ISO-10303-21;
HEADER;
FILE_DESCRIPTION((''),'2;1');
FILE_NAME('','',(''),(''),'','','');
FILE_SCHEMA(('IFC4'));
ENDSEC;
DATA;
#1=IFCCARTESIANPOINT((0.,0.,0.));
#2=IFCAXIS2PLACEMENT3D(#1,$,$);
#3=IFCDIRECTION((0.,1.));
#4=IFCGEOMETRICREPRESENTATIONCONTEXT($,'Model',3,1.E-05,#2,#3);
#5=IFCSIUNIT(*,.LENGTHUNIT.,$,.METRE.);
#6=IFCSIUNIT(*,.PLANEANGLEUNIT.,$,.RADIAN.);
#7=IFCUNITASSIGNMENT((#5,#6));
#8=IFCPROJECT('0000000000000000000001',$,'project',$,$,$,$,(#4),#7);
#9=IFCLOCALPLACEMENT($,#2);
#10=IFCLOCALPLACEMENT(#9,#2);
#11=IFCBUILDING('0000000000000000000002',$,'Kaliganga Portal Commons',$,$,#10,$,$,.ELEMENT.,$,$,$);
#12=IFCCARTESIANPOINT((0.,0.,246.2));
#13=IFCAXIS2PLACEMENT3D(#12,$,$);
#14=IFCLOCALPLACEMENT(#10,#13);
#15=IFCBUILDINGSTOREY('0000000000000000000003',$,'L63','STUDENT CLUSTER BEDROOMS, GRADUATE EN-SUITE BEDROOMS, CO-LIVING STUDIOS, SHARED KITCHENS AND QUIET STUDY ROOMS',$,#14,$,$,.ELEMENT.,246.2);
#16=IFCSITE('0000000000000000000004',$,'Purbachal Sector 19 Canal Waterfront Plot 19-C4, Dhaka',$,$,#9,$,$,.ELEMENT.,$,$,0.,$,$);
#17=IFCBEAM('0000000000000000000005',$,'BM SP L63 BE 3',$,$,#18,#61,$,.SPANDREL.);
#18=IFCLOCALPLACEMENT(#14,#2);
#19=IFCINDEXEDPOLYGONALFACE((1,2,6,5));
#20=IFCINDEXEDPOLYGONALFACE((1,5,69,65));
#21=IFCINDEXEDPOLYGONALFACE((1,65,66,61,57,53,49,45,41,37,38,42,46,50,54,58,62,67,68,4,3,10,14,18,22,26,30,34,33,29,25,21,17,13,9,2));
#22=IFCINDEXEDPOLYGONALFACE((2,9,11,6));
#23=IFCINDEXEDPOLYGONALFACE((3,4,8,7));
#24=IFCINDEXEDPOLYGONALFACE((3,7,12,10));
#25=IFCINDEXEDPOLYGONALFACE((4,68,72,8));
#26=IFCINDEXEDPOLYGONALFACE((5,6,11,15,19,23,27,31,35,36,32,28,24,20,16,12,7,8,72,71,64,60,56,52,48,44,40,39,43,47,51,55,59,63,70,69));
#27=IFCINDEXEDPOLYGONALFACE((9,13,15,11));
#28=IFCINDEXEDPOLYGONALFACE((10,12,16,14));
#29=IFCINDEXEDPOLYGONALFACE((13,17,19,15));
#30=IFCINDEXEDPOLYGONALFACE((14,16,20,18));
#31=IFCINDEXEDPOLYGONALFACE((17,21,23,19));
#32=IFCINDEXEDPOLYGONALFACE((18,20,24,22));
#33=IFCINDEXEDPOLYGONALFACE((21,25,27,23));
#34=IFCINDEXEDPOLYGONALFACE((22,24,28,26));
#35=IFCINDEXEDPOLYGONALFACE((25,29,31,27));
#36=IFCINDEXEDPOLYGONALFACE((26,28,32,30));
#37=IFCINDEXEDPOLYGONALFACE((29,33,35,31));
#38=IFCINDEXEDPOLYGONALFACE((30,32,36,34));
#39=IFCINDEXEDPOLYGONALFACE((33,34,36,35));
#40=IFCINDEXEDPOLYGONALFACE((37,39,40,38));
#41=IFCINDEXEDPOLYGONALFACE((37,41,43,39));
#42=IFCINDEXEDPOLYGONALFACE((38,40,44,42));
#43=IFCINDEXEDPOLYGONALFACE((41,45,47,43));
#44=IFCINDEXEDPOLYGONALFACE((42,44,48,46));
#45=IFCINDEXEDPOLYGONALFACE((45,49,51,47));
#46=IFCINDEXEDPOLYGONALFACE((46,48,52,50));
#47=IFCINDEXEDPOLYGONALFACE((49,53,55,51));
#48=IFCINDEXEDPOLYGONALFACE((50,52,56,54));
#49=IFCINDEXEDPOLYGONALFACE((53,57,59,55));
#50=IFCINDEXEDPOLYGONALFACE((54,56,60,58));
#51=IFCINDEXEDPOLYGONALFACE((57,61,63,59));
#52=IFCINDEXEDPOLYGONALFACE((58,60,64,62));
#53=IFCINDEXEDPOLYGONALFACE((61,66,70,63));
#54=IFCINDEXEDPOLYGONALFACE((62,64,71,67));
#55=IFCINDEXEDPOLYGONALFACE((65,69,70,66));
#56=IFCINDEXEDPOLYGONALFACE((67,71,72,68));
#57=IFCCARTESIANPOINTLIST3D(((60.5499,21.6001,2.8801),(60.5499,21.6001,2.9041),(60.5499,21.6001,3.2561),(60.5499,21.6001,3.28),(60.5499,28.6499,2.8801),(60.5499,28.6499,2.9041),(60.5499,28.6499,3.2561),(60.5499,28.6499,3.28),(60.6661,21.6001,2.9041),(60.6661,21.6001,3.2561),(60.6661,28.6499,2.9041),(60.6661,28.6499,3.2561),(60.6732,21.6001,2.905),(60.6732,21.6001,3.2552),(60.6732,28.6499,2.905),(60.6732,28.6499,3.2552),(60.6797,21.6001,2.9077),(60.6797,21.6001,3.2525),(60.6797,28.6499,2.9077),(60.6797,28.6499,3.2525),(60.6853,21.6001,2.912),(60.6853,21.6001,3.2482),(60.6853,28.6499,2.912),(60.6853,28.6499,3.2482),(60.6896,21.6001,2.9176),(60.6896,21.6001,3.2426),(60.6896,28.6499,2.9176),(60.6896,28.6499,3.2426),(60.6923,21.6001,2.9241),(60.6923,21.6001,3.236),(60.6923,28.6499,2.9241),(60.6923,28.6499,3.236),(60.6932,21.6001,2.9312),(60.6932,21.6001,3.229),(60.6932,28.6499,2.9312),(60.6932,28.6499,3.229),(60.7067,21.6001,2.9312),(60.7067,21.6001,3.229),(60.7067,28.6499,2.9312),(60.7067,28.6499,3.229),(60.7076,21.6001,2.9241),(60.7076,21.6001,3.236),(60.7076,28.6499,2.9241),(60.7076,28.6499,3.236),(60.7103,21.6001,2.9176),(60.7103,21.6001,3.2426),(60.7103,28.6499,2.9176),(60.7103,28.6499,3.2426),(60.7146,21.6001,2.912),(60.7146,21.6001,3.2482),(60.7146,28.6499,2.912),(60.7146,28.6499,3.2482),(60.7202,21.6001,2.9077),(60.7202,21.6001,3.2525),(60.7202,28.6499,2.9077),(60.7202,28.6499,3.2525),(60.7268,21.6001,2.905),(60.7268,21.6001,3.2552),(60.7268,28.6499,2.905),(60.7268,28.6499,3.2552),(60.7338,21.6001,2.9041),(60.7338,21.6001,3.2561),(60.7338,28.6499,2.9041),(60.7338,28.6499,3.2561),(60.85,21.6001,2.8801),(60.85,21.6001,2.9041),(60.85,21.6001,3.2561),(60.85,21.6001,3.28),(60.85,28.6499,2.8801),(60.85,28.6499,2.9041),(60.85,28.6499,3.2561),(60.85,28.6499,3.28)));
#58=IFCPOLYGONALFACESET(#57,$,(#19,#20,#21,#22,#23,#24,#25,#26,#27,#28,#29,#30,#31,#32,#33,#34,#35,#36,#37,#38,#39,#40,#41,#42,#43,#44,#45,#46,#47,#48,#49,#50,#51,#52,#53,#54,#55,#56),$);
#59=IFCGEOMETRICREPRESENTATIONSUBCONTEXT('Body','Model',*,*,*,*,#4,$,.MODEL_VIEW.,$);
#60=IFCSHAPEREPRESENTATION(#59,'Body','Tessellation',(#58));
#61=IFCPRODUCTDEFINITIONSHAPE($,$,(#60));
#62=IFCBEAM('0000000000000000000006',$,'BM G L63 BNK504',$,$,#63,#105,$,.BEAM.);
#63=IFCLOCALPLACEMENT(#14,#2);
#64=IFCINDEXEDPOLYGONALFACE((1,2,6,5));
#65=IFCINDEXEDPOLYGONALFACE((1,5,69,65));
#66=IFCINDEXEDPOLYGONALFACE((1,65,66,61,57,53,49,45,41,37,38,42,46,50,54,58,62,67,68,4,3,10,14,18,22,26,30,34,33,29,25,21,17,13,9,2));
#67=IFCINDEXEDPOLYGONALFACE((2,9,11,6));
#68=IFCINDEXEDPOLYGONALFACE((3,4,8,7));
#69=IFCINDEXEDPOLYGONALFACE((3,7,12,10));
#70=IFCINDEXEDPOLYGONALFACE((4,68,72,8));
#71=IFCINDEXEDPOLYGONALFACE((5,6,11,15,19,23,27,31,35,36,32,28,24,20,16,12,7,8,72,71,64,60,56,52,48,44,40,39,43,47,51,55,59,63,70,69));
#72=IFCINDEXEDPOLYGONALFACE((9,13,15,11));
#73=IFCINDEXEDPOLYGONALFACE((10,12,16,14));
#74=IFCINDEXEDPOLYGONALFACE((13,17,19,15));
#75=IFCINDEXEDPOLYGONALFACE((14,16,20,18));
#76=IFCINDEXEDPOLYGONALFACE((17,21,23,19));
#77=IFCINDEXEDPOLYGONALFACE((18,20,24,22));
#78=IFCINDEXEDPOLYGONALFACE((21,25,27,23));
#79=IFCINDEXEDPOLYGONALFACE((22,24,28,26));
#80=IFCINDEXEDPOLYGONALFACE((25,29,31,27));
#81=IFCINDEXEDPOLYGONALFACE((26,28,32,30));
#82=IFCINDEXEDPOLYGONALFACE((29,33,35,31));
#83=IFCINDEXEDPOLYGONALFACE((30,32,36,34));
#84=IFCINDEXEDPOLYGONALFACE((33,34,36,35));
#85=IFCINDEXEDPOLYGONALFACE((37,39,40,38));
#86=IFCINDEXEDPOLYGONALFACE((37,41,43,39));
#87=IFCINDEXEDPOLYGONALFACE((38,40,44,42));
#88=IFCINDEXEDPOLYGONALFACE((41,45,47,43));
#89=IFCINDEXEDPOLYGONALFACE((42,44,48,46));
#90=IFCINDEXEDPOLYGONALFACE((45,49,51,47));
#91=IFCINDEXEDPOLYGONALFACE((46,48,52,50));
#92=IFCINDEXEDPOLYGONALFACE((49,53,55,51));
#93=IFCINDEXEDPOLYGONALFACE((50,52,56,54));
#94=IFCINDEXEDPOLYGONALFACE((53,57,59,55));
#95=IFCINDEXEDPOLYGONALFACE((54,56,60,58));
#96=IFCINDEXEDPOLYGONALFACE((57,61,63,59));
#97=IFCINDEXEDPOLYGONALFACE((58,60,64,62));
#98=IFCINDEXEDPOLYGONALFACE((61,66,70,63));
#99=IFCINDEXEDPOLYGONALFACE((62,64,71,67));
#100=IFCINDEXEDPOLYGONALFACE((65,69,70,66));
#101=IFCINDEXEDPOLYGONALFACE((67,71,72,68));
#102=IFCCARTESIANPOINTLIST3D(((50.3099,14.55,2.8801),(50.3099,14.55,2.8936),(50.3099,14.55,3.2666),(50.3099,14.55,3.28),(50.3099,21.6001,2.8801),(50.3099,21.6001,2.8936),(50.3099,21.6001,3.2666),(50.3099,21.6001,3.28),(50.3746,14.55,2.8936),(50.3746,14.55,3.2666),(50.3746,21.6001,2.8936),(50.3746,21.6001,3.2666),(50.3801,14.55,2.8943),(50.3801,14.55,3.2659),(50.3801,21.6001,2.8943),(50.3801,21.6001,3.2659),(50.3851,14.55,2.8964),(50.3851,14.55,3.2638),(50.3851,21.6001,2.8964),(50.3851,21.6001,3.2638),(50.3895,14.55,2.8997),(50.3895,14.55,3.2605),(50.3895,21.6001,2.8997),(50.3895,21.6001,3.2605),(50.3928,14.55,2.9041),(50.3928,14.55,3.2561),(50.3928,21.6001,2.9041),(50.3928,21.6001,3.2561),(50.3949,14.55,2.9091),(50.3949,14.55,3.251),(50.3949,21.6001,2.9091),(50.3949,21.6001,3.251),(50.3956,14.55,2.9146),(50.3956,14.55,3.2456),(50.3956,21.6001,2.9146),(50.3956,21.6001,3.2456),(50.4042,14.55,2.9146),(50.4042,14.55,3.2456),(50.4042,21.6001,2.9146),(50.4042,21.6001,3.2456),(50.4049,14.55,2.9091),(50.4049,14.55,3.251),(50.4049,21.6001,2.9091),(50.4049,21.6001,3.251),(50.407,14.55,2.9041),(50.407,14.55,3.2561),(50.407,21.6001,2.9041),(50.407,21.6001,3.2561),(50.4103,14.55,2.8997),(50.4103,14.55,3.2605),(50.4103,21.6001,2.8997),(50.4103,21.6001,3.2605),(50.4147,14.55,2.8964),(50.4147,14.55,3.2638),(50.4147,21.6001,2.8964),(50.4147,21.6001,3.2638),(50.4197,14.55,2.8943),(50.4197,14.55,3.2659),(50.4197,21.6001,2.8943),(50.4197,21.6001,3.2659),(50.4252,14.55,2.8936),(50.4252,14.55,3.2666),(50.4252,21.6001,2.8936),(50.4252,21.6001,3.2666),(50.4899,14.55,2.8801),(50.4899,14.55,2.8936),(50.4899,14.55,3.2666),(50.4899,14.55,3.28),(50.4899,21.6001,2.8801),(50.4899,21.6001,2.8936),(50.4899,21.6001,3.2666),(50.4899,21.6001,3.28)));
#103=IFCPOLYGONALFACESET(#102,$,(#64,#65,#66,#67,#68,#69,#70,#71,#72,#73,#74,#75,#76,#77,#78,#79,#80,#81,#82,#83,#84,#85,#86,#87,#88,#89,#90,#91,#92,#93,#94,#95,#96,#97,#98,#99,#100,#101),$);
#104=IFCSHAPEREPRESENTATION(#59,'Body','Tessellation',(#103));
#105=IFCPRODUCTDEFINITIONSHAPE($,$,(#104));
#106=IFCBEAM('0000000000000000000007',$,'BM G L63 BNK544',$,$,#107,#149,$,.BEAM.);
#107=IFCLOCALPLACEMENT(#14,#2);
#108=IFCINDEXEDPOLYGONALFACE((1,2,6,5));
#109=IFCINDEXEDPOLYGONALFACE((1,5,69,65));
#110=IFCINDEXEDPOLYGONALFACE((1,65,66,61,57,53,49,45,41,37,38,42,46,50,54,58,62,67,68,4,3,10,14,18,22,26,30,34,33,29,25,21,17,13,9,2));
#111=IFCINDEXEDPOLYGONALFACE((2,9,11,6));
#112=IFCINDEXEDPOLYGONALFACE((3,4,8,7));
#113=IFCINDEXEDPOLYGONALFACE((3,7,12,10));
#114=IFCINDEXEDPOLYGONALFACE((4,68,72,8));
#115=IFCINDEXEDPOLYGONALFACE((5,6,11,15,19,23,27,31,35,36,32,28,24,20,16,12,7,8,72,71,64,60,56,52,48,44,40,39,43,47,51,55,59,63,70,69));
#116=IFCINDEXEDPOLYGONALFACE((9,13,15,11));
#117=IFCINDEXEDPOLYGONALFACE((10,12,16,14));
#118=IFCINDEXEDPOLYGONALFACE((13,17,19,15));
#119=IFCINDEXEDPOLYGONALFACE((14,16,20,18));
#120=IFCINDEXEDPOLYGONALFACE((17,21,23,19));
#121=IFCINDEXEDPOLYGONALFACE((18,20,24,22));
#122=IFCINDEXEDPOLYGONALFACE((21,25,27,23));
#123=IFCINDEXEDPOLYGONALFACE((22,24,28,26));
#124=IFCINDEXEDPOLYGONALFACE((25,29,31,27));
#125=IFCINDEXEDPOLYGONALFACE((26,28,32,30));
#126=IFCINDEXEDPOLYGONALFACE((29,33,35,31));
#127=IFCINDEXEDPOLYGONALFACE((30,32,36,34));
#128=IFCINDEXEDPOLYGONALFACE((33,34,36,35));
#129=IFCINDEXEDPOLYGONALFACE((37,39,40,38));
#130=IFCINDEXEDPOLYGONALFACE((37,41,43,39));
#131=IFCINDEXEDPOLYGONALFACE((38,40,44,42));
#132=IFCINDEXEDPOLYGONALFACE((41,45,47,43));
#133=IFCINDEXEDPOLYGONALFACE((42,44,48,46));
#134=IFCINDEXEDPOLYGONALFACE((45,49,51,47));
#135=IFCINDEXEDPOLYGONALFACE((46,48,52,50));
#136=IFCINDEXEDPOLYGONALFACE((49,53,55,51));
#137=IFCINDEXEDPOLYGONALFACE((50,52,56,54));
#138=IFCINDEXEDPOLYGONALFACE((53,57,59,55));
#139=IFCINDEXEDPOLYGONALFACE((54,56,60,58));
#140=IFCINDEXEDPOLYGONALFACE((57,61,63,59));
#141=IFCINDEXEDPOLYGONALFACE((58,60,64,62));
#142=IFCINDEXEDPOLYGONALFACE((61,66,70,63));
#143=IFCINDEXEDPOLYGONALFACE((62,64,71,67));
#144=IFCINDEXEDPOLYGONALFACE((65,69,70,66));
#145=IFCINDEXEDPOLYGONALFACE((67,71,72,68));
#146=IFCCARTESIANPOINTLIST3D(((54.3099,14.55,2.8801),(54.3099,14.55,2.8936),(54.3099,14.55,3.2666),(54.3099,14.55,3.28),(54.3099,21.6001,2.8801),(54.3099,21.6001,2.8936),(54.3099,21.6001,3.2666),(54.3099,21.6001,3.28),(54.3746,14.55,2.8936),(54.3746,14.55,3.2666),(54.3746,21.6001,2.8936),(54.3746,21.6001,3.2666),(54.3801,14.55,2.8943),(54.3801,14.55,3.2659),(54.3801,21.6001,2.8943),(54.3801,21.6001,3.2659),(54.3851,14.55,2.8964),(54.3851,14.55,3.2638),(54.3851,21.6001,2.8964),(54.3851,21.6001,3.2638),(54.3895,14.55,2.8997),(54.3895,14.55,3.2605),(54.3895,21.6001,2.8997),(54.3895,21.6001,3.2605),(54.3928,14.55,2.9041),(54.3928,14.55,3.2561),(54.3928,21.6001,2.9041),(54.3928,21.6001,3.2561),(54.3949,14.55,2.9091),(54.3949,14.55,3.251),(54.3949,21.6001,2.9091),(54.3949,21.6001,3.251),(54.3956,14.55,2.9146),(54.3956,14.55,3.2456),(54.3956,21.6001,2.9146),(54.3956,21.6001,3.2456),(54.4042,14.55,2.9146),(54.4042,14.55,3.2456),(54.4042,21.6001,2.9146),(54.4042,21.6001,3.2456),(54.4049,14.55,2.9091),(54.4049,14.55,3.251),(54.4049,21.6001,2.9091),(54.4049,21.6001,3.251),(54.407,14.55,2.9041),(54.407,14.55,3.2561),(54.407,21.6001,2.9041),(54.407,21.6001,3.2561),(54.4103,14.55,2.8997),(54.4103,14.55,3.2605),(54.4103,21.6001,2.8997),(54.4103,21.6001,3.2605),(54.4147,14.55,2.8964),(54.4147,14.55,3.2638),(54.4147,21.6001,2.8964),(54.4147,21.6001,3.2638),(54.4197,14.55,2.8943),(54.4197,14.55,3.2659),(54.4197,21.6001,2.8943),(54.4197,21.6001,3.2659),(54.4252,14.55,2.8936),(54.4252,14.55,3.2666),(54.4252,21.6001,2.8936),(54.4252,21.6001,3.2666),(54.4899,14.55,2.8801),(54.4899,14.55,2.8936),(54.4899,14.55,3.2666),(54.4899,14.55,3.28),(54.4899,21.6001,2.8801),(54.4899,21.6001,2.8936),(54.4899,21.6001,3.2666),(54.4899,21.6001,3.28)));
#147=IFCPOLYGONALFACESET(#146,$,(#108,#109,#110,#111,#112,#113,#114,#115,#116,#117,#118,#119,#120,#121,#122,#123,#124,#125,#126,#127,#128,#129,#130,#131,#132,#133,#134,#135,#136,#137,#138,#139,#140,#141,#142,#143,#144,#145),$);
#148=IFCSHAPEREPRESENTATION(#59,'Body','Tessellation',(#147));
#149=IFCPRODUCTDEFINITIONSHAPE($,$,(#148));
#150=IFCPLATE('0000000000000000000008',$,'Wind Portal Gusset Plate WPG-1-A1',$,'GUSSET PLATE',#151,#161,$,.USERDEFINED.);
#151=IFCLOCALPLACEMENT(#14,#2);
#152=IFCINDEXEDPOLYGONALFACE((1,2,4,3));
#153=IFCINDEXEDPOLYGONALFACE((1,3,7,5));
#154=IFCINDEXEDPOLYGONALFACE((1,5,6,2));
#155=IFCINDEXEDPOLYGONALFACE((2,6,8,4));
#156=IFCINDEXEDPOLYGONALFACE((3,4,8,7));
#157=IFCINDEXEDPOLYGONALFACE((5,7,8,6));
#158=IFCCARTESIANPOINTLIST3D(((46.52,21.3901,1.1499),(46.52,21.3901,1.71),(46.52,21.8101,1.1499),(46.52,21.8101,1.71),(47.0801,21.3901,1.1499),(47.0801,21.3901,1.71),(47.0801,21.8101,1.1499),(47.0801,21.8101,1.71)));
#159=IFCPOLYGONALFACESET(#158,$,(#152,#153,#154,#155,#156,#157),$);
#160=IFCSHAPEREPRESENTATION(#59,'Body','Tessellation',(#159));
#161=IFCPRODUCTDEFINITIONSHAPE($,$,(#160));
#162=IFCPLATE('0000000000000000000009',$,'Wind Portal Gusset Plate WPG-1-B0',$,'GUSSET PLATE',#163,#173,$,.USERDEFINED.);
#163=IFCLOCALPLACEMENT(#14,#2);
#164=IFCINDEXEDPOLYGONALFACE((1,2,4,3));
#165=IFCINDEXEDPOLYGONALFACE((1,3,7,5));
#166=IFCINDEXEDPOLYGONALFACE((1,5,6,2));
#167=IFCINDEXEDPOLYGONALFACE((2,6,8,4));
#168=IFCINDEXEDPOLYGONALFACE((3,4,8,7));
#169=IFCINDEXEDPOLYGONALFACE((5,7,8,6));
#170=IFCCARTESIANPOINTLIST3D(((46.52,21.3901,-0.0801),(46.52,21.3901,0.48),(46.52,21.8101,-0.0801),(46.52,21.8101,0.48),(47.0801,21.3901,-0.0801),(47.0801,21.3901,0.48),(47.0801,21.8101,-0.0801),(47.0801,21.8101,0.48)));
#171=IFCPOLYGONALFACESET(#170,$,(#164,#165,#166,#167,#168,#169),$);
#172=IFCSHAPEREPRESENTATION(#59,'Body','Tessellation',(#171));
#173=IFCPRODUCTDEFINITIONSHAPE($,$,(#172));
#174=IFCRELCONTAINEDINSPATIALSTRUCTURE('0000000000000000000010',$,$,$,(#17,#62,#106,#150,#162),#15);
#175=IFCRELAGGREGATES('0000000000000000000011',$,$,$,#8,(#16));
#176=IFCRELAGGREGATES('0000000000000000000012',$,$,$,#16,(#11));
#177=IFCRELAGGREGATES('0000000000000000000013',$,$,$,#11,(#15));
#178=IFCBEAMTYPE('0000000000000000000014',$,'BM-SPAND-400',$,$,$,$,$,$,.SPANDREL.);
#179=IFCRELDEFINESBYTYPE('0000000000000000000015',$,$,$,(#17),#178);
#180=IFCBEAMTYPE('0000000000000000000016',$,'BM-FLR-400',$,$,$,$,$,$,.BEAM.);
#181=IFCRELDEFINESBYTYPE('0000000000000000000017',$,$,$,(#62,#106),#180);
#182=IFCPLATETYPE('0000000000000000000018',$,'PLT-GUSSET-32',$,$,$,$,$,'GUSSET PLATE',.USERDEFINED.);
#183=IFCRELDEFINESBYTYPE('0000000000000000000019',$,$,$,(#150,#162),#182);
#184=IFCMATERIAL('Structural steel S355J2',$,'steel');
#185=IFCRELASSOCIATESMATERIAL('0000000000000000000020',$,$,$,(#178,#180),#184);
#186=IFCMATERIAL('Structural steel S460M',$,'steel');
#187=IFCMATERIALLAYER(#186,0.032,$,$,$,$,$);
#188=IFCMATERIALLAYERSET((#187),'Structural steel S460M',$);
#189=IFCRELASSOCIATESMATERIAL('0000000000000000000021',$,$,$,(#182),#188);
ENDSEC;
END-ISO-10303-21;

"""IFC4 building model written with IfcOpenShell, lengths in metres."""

from ifc_helpers import new_model, si_unit, direction, frame, origin, origin_2d, place, context, subcontext, project, spatial, rectangle, i_section, extrude, source, transform, mapped, material, layer, layer_set, material_profile, profile_set, type_object, element, save


model = new_model("IFC4")

# Units and contexts
model_context = context("Model", 3, precision=1e-05, world=origin(), true_north=direction((0.0, 1.0)))
body_context = subcontext(model_context, "Body", "Model", "MODEL_VIEW")
ifc_project = project(units=[si_unit("LENGTHUNIT", "METRE"), si_unit("PLANEANGLEUNIT", "RADIAN")], contexts=[model_context])

# Site, building, storey
site_placement = place(None, origin())
site = spatial("IfcSite", under=ifc_project, at=site_placement, Name="Purbachal Sector 19 Canal Waterfront Plot 19-C4, Dhaka", CompositionType="ELEMENT", RefElevation=0.0)
building_placement = place(site_placement, origin())
building = spatial("IfcBuilding", under=site, at=building_placement, Name="Kaliganga Portal Commons", CompositionType="ELEMENT")
storey_placement = place(building_placement, frame((0.0, 0.0, 246.2)))
storey = spatial("IfcBuildingStorey", under=building, at=storey_placement, Name="L63", Description="STUDENT CLUSTER BEDROOMS, GRADUATE EN-SUITE BEDROOMS, CO-LIVING STUDIOS, SHARED KITCHENS AND QUIET STUDY ROOMS", CompositionType="ELEMENT", Elevation=246.2)

# Shared definitions
ifc_material_1 = material(Name="Structural steel S355J2", Category="steel")

# Beams
ifc_material_profile_1 = material_profile(ifc_material_1, i_section(OverallWidth=0.3, OverallDepth=0.3999, WebThickness=0.0134, FlangeThickness=0.0239, FilletRadius=0.0271, at=origin_2d()), Name="HE 400 B")
ifc_profile_set_1 = profile_set([ifc_material_profile_1], Name="Structural steel S355J2 wide-flange")
beam_type_1 = type_object("IfcBeamType", Name="BM-SPAND-400", PredefinedType="SPANDREL", material=ifc_profile_set_1)
shared_shape_1 = source(origin(), body_context, "Body", "SweptSolid", [
    extrude(i_section(OverallWidth=0.3, OverallDepth=0.3999, WebThickness=0.0134, FlangeThickness=0.0239, FilletRadius=0.0271, at=origin_2d()), origin(), (0.0, 0.0, 1.0), 7.0498),
])
beam_1_placement = place(storey_placement, frame((60.7, 21.6001, 3.0801), z_axis=(0.0, 1.0, 0.0), x_axis=(-1.0, 0.0, 0.0)))
element("IfcBeam", 1, at=beam_1_placement, inside=storey, type_object=beam_type_1, Name="BM SP L63 BE 3", PredefinedType="SPANDREL", context=body_context, shape_type="MappedRepresentation", body=[
    mapped(shared_shape_1, transform((0.0, 0.0, 0.0), x_axis=(1.0, 0.0, 0.0), y_axis=(0.0, 1.0, 0.0), z_axis=(0.0, 0.0, 1.0), scale=1.0)),
])
ifc_material_profile_2 = material_profile(ifc_material_1, i_section(OverallWidth=0.1799, OverallDepth=0.3999, WebThickness=0.0085, FlangeThickness=0.0134, FilletRadius=0.021, at=origin_2d()), Name="IPE 400")
ifc_profile_set_2 = profile_set([ifc_material_profile_2], Name="Structural steel S355J2 wide-flange")
beam_type_2 = type_object("IfcBeamType", Name="BM-FLR-400", PredefinedType="BEAM", material=ifc_profile_set_2)
shared_shape_2 = source(origin(), body_context, "Body", "SweptSolid", [
    extrude(i_section(OverallWidth=0.1799, OverallDepth=0.3999, WebThickness=0.0085, FlangeThickness=0.0134, FilletRadius=0.021, at=origin_2d()), origin(), (0.0, 0.0, 1.0), 7.05),
])
for number, where, z_axis, x_axis, name in (
    (2, (50.3999, 14.55, 3.0801), (0.0, 1.0, 0.0), (-1.0, 0.0, 0.0), "BM G L63 BNK504"),
    (3, (54.3999, 14.55, 3.0801), (0.0, 1.0, 0.0), (-1.0, 0.0, 0.0), "BM G L63 BNK544"),
):
    element("IfcBeam", number, at=place(storey_placement, frame(where, z_axis=z_axis, x_axis=x_axis)), inside=storey, type_object=beam_type_2, Name=name, PredefinedType="BEAM", context=body_context, shape_type="MappedRepresentation", body=[
        mapped(shared_shape_2, transform((0.0, 0.0, 0.0), x_axis=(1.0, 0.0, 0.0), y_axis=(0.0, 1.0, 0.0), z_axis=(0.0, 0.0, 1.0), scale=1.0)),
    ])

# Plates
ifc_material_2 = material(Name="Structural steel S460M", Category="steel")
ifc_layer_1 = layer(ifc_material_2, 0.032)
ifc_layer_set_1 = layer_set([ifc_layer_1], Name="Structural steel S460M")
plate_type = type_object("IfcPlateType", Name="PLT-GUSSET-32", ElementType="GUSSET PLATE", PredefinedType="USERDEFINED", material=ifc_layer_set_1)
shared_shape_3 = source(origin(), body_context, "Body", "SweptSolid", [
    extrude(rectangle(XDim=0.5601, YDim=0.4199, at=origin_2d()), origin(), (0.0, 0.0, 1.0), 0.5601),
])
for number, where, z_axis, x_axis, name in (
    (4, (46.8, 21.6001, 1.1499), (0.0, 0.0, 1.0), (1.0, 0.0, 0.0), "Wind Portal Gusset Plate WPG-1-A1"),
    (5, (46.8, 21.6001, -0.0801), (0.0, 0.0, 1.0), (1.0, 0.0, 0.0), "Wind Portal Gusset Plate WPG-1-B0"),
):
    element("IfcPlate", number, at=place(storey_placement, frame(where, z_axis=z_axis, x_axis=x_axis)), inside=storey, type_object=plate_type, Name=name, ObjectType="GUSSET PLATE", PredefinedType="USERDEFINED", context=body_context, shape_type="MappedRepresentation", body=[
        mapped(shared_shape_3, transform((0.0, 0.0, 0.0), x_axis=(1.0, 0.0, 0.0), y_axis=(0.0, 1.0, 0.0), z_axis=(0.0, 0.0, 1.0), scale=1.0)),
    ])

save(model, "model.ifc")
